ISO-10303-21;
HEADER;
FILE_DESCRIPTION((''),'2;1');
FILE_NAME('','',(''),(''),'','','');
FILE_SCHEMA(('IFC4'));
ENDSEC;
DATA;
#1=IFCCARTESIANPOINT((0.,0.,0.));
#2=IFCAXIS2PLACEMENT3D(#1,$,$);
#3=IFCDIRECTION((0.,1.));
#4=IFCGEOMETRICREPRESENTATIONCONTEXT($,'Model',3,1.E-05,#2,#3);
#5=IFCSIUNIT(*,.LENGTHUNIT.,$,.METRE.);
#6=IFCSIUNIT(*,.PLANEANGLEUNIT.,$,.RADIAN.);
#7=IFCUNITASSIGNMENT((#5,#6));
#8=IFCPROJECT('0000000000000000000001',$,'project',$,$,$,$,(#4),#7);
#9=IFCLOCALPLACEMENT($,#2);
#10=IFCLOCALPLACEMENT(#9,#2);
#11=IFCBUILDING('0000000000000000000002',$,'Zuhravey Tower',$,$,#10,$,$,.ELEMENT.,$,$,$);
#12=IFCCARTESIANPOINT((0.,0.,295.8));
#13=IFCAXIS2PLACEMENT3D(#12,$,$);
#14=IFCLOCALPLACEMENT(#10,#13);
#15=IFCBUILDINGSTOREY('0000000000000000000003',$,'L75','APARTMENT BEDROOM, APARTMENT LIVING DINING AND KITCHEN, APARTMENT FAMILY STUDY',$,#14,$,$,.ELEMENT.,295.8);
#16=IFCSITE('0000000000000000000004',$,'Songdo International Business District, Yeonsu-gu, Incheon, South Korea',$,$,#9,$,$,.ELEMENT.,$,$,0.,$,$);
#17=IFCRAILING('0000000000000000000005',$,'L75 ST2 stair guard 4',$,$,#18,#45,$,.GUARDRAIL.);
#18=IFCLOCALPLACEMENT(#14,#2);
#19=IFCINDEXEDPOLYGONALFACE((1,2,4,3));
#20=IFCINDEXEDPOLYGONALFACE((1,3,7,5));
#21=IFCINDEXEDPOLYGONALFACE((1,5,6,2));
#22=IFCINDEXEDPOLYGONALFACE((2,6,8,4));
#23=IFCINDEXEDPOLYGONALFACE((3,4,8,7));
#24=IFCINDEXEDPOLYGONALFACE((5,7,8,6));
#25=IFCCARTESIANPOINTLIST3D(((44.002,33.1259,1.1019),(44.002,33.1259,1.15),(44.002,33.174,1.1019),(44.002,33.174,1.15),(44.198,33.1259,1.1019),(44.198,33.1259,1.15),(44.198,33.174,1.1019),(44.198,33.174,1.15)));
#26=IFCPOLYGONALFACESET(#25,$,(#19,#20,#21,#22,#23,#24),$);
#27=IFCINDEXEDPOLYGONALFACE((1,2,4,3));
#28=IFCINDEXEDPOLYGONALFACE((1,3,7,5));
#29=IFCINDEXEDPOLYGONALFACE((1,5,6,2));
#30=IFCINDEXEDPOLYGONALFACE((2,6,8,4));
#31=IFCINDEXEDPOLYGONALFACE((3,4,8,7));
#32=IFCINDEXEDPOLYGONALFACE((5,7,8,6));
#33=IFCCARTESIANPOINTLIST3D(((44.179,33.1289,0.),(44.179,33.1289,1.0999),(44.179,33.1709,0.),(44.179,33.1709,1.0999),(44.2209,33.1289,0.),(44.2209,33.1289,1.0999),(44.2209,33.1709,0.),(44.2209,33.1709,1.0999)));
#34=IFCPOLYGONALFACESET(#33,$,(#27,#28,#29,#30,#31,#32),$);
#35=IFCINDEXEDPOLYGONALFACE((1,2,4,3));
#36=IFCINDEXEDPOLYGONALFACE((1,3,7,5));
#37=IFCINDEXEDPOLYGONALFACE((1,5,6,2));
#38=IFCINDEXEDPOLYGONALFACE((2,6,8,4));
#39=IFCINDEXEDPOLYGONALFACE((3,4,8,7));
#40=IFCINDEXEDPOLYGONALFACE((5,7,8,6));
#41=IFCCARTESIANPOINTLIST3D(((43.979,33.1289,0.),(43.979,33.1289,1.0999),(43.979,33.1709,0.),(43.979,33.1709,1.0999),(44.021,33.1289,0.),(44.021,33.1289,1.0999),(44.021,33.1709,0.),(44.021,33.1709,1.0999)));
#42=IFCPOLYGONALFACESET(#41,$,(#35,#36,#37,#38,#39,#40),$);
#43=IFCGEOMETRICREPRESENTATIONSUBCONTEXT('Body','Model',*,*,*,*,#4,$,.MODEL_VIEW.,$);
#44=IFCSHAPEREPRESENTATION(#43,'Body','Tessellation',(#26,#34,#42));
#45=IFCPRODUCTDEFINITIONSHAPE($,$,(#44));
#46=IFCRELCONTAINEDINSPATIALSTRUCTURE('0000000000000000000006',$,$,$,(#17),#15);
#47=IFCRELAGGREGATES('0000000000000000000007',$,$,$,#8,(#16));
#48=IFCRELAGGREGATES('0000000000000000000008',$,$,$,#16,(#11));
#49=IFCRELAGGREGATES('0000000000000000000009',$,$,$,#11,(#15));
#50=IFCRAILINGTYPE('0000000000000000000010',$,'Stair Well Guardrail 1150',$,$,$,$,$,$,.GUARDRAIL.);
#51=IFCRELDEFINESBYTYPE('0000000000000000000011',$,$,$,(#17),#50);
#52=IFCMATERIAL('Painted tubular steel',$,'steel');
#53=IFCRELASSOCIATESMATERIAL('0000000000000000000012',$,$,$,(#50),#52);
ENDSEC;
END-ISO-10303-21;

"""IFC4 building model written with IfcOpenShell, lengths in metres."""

from ifc_helpers import new_model, si_unit, direction, frame, origin, origin_2d, place, context, subcontext, project, spatial, rectangle, extrude, material, type_object, element, save


model = new_model("IFC4")

# Units and contexts
model_context = context("Model", 3, precision=1e-05, world=origin(), true_north=direction((0.0, 1.0)))
body_context = subcontext(model_context, "Body", "Model", "MODEL_VIEW")
ifc_project = project(units=[si_unit("LENGTHUNIT", "METRE"), si_unit("PLANEANGLEUNIT", "RADIAN")], contexts=[model_context])

# Site, building, storey
site_placement = place(None, origin())
site = spatial("IfcSite", under=ifc_project, at=site_placement, Name="Songdo International Business District, Yeonsu-gu, Incheon, South Korea", CompositionType="ELEMENT", RefElevation=0.0)
building_placement = place(site_placement, origin())
building = spatial("IfcBuilding", under=site, at=building_placement, Name="Zuhravey Tower", CompositionType="ELEMENT")
storey_placement = place(building_placement, frame((0.0, 0.0, 295.8)))
storey = spatial("IfcBuildingStorey", under=building, at=storey_placement, Name="L75", Description="APARTMENT BEDROOM, APARTMENT LIVING DINING AND KITCHEN, APARTMENT FAMILY STUDY", CompositionType="ELEMENT", Elevation=295.8)

# Railing
ifc_material_1 = material(Name="Painted tubular steel", Category="steel")
railing_type = type_object("IfcRailingType", Name="Stair Well Guardrail 1150", PredefinedType="GUARDRAIL", material=ifc_material_1)
railing_placement = place(storey_placement, frame((44.2, 33.1499, 0.0)))
element("IfcRailing", 1, at=railing_placement, inside=storey, type_object=railing_type, Name="L75 ST2 stair guard 4", PredefinedType="GUARDRAIL", context=body_context, shape_type="SweptSolid", body=[
    extrude(rectangle(XDim=0.0481, YDim=0.0481, at=origin_2d()), frame((-0.002, 0.0, 1.126), z_axis=(-1.0, 0.0, 0.0), x_axis=(0.0, -1.0, 0.0)), (0.0, 0.0, 1.0), 0.196),
    extrude(rectangle(XDim=0.042, YDim=0.042, at=origin_2d()), origin(), (0.0, 0.0, 1.0), 1.0999),
    extrude(rectangle(XDim=0.042, YDim=0.042, at=origin_2d()), frame((-0.2, 0.0, 0.0)), (0.0, 0.0, 1.0), 1.0999),
])

save(model, "model.ifc")
